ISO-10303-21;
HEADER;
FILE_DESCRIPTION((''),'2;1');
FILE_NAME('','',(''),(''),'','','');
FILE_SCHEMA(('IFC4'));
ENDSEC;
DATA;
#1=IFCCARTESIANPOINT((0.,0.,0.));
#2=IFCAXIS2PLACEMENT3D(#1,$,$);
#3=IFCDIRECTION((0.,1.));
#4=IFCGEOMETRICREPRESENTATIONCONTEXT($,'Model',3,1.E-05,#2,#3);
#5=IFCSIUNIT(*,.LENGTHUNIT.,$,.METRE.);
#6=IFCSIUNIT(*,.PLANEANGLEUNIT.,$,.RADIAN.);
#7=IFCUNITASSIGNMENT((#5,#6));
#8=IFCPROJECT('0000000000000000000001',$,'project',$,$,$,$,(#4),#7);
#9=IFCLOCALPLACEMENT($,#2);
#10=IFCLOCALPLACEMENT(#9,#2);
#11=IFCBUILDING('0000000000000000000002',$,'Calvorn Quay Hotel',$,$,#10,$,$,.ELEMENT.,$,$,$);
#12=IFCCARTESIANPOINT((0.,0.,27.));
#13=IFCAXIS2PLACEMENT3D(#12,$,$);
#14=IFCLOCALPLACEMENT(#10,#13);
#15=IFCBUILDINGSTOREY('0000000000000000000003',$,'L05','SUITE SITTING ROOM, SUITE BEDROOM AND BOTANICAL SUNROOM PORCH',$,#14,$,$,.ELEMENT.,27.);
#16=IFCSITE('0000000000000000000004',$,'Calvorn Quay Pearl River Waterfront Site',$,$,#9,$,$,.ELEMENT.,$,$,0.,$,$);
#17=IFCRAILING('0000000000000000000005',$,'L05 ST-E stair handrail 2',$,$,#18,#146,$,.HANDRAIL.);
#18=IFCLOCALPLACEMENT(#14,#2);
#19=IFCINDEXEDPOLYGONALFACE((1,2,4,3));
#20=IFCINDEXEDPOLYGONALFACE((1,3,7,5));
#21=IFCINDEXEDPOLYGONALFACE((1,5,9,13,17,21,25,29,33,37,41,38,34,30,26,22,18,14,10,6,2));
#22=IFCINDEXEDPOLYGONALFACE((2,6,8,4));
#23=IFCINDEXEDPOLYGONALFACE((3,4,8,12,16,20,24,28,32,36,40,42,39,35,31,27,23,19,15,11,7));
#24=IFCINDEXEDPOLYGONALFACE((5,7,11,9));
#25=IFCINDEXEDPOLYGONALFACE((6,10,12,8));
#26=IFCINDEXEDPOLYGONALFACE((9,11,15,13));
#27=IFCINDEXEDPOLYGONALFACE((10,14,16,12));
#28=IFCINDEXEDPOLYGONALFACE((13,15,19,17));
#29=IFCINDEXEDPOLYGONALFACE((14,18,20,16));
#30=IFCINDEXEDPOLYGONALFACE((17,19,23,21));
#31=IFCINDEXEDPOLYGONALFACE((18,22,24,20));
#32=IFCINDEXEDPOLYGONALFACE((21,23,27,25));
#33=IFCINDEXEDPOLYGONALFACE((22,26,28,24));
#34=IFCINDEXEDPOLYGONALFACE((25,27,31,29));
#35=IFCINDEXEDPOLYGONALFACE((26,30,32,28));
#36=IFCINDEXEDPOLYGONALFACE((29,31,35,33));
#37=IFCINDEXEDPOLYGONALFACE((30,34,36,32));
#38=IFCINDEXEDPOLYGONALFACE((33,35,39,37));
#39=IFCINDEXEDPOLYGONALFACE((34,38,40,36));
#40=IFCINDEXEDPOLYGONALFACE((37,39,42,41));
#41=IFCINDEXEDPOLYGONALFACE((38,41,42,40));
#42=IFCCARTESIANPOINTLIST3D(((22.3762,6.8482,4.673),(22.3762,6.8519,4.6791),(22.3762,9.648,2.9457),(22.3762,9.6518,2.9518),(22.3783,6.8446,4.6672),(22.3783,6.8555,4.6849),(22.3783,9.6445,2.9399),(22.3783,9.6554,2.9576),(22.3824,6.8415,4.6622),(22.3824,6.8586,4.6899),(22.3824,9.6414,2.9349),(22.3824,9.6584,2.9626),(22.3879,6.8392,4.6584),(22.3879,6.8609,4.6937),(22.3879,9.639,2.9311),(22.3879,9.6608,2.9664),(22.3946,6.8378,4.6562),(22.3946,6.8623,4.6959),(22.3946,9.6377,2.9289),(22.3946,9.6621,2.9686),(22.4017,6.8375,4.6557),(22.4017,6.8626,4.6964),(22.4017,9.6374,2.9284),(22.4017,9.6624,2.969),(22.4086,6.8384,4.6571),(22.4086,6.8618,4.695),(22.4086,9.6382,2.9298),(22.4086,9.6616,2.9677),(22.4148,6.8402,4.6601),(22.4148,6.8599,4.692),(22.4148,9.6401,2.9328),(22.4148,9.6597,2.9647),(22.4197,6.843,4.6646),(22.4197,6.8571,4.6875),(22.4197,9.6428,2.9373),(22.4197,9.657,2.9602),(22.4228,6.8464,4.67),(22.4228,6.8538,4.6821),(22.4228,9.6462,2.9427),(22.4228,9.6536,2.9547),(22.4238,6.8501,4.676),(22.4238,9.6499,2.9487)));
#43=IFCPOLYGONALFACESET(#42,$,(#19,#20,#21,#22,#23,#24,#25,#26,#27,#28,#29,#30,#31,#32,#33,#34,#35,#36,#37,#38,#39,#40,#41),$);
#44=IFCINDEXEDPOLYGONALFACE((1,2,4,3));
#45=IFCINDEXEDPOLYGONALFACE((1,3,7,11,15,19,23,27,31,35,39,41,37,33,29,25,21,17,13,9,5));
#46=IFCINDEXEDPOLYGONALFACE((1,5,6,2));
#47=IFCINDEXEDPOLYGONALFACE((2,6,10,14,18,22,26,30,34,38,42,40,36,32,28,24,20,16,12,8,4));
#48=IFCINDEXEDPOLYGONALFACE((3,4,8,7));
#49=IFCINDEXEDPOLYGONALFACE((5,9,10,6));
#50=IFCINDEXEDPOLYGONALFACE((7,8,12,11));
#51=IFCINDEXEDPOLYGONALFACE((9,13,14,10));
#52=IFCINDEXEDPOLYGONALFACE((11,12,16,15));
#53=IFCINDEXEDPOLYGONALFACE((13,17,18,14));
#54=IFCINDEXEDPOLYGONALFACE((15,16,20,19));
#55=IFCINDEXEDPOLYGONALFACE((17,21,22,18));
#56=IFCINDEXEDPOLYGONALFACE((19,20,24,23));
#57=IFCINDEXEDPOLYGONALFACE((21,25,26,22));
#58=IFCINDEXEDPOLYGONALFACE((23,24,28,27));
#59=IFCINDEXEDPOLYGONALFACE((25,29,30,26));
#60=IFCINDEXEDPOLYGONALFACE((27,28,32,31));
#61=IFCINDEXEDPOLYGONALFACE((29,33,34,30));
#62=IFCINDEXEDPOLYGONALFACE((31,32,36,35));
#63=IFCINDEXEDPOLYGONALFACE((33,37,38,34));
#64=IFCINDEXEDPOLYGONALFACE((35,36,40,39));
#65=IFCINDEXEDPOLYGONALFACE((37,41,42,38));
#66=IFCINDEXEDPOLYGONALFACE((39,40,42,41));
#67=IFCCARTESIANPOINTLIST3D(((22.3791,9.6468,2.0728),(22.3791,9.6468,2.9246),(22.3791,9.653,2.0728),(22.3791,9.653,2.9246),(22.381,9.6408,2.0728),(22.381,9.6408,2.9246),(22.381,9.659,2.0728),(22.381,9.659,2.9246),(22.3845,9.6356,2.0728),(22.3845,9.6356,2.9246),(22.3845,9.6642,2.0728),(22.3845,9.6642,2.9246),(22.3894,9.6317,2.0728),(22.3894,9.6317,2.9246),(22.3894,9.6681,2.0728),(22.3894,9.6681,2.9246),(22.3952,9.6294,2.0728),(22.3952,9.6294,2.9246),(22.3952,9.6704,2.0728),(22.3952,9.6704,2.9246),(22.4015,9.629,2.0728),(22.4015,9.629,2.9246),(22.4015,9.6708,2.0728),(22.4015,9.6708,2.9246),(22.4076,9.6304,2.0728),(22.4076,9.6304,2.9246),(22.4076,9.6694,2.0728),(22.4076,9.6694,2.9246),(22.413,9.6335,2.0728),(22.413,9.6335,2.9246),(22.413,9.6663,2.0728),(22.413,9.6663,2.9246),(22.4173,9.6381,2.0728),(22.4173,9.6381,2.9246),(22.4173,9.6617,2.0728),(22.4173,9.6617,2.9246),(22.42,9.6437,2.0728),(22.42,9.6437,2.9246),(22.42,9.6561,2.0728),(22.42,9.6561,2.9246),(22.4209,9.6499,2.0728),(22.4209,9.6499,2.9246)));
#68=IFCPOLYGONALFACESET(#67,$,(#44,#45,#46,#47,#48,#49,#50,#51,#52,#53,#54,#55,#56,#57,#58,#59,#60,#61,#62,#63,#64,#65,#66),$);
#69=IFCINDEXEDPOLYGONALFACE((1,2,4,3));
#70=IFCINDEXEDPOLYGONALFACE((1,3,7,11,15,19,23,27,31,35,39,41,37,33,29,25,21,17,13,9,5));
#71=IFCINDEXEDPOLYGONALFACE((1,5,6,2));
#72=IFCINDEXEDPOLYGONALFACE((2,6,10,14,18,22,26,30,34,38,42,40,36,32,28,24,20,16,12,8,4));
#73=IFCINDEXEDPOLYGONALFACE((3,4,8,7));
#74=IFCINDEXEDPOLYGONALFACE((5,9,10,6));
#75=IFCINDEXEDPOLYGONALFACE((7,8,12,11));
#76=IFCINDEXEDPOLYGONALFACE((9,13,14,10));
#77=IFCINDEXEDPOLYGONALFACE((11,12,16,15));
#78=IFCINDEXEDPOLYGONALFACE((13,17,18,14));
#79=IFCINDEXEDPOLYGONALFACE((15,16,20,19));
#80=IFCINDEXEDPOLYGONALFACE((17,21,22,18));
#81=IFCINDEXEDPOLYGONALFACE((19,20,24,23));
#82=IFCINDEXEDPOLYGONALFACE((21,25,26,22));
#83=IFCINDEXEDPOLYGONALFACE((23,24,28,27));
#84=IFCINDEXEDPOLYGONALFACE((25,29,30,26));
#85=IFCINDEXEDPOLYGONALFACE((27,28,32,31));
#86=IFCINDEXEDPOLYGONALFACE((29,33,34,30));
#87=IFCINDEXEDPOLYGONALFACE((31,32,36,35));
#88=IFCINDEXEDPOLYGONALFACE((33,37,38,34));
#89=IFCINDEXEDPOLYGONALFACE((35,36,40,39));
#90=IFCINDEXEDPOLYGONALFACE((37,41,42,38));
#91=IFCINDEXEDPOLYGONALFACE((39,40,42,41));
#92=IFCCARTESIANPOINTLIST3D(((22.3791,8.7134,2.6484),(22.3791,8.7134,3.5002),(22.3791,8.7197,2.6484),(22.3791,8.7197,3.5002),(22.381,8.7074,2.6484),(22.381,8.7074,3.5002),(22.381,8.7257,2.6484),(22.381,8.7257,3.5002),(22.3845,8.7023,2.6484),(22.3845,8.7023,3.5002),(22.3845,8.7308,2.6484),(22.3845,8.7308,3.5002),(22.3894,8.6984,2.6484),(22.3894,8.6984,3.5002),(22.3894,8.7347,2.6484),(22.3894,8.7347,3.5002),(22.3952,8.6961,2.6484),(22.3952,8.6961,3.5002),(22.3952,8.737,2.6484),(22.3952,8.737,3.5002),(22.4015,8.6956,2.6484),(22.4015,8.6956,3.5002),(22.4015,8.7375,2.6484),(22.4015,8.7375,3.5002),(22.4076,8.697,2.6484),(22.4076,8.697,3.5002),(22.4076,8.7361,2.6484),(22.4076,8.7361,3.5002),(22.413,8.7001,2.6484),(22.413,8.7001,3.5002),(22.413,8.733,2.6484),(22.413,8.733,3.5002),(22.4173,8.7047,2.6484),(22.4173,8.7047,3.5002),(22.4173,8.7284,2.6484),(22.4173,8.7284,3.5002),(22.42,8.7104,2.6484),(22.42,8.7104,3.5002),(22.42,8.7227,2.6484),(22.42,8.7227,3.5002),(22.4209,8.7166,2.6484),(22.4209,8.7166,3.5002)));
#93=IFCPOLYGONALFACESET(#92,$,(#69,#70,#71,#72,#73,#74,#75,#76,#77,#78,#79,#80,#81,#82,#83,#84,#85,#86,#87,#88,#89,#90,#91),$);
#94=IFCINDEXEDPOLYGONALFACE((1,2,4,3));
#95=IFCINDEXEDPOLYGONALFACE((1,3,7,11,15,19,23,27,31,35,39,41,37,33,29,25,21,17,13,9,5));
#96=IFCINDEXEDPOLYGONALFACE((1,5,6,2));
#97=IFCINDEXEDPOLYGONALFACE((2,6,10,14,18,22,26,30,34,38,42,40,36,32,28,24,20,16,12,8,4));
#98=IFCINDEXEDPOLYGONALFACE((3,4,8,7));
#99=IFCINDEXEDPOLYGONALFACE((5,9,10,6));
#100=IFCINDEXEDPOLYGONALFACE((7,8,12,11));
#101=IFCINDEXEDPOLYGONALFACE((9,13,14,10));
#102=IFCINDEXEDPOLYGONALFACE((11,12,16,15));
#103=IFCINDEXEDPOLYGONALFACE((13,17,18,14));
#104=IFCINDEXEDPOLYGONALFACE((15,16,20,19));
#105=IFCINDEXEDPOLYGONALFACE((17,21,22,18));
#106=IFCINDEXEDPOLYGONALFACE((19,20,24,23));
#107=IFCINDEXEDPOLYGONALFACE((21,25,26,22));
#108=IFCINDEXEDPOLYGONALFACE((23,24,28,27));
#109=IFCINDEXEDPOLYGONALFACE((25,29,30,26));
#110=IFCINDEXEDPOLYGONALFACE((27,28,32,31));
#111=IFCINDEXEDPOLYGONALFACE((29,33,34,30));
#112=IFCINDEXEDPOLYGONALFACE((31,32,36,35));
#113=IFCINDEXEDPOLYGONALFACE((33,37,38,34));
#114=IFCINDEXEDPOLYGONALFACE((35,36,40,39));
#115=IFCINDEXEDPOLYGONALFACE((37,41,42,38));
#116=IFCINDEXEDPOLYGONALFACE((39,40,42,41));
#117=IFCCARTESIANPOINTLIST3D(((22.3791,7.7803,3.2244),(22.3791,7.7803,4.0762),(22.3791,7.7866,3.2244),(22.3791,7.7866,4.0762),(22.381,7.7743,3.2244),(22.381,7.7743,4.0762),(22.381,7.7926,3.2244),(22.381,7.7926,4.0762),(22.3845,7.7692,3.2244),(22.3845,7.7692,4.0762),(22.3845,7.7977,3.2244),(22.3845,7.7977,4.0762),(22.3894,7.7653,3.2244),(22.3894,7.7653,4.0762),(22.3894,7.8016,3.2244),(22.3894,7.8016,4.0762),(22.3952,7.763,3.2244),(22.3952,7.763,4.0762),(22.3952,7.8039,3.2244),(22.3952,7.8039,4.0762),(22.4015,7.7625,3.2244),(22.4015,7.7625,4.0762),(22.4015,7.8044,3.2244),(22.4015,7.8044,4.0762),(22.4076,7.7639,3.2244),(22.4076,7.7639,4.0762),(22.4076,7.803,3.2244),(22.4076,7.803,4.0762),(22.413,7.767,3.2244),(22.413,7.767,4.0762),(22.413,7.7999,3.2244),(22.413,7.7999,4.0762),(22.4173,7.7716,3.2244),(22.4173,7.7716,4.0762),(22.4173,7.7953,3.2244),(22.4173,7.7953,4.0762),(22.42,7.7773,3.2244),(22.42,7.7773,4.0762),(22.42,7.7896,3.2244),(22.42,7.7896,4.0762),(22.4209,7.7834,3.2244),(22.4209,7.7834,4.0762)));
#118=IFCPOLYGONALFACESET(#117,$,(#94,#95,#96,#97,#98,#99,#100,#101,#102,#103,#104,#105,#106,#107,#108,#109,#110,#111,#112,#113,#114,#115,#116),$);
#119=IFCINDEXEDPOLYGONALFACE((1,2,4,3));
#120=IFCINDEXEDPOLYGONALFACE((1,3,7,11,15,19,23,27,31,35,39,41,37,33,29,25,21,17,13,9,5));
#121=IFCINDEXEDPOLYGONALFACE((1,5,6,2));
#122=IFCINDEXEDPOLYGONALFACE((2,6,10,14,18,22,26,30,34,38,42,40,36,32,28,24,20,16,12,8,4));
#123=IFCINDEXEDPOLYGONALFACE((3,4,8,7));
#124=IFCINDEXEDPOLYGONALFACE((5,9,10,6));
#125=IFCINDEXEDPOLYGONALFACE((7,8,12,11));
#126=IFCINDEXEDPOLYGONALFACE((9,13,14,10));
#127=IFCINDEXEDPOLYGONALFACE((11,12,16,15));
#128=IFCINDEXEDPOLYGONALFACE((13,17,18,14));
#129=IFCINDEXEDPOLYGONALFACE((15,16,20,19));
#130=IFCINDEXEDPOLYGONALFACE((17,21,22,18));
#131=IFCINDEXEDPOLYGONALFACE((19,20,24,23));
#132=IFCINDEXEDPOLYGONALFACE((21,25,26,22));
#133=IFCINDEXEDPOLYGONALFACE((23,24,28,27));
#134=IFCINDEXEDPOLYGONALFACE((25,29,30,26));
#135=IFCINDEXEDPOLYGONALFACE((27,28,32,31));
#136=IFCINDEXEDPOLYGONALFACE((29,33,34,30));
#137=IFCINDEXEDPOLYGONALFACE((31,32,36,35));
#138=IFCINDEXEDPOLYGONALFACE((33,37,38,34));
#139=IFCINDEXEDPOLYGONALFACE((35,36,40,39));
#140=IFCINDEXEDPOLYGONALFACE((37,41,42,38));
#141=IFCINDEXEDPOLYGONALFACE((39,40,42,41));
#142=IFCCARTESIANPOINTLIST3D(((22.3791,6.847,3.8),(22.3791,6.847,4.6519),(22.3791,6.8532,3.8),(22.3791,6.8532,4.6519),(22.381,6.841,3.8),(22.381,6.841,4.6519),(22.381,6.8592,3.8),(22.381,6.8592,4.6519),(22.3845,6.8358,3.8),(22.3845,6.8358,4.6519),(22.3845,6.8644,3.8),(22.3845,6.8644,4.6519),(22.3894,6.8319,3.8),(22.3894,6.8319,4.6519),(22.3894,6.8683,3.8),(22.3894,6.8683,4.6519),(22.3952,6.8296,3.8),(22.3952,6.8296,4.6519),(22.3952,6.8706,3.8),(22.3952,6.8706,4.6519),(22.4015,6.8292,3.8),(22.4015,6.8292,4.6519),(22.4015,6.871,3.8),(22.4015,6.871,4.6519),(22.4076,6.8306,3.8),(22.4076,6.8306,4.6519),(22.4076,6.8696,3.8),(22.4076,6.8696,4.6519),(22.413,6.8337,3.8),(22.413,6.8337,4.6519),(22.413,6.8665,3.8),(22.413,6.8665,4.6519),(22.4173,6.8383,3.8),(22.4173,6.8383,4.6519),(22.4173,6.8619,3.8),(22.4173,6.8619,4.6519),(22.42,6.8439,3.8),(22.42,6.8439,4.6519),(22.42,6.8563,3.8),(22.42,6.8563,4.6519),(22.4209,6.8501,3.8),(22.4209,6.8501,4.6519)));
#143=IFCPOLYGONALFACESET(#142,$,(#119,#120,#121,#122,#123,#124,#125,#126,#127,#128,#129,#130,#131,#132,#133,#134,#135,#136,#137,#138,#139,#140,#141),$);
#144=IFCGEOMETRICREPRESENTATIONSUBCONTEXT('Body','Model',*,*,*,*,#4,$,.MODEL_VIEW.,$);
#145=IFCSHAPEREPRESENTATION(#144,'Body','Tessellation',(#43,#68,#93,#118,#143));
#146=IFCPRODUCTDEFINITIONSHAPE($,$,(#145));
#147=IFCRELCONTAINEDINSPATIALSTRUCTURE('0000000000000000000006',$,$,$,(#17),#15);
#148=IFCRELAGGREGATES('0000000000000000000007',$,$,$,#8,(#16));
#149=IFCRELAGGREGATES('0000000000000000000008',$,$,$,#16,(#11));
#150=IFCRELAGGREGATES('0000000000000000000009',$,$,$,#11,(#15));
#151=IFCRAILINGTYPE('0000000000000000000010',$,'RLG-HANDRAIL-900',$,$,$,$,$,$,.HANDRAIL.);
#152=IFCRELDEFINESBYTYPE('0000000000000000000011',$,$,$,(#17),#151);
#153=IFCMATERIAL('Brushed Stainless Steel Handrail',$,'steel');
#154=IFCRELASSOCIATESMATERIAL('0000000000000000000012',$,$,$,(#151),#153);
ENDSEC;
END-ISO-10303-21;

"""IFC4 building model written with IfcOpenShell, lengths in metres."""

from ifc_helpers import new_model, si_unit, direction, frame, origin, origin_2d, place, context, subcontext, project, spatial, circle, extrude, material, type_object, element, save


model = new_model("IFC4")

# Units and contexts
model_context = context("Model", 3, precision=1e-05, world=origin(), true_north=direction((0.0, 1.0)))
body_context = subcontext(model_context, "Body", "Model", "MODEL_VIEW")
ifc_project = project(units=[si_unit("LENGTHUNIT", "METRE"), si_unit("PLANEANGLEUNIT", "RADIAN")], contexts=[model_context])

# Site, building, storey
site_placement = place(None, origin())
site = spatial("IfcSite", under=ifc_project, at=site_placement, Name="Calvorn Quay Pearl River Waterfront Site", CompositionType="ELEMENT", RefElevation=0.0)
building_placement = place(site_placement, origin())
building = spatial("IfcBuilding", under=site, at=building_placement, Name="Calvorn Quay Hotel", CompositionType="ELEMENT")
storey_placement = place(building_placement, frame((0.0, 0.0, 27.0)))
storey = spatial("IfcBuildingStorey", under=building, at=storey_placement, Name="L05", Description="SUITE SITTING ROOM, SUITE BEDROOM AND BOTANICAL SUNROOM PORCH", CompositionType="ELEMENT", Elevation=27.0)

# Railing
ifc_material_1 = material(Name="Brushed Stainless Steel Handrail", Category="steel")
railing_type_1 = type_object("IfcRailingType", Name="RLG-HANDRAIL-900", PredefinedType="HANDRAIL", material=ifc_material_1)
railing_1_placement = place(storey_placement, frame((22.3999, 9.6499, 2.0728)))
element("IfcRailing", 1, at=railing_1_placement, inside=storey, type_object=railing_type_1, Name="L05 ST-E stair handrail 2", PredefinedType="HANDRAIL", context=body_context, shape_type="SweptSolid", body=[
    extrude(circle(Radius=0.0239, at=origin_2d()), frame((0.0, 0.0, 0.876), z_axis=(0.0, -0.851069, 0.525054), x_axis=(1.0, 0.0, 0.0)), (0.0, 0.0, 1.0), 3.2898),
    extrude(circle(Radius=0.021, at=origin_2d()), origin(), (0.0, 0.0, 1.0), 0.8518),
    extrude(circle(Radius=0.021, at=origin_2d()), frame((0.0, -0.9333, 0.5757)), (0.0, 0.0, 1.0), 0.8518),
    extrude(circle(Radius=0.021, at=origin_2d()), frame((0.0, -1.8665, 1.1516)), (0.0, 0.0, 1.0), 0.8518),
    extrude(circle(Radius=0.021, at=origin_2d()), frame((0.0, -2.7998, 1.7273)), (0.0, 0.0, 1.0), 0.8518),
])

save(model, "model.ifc")
